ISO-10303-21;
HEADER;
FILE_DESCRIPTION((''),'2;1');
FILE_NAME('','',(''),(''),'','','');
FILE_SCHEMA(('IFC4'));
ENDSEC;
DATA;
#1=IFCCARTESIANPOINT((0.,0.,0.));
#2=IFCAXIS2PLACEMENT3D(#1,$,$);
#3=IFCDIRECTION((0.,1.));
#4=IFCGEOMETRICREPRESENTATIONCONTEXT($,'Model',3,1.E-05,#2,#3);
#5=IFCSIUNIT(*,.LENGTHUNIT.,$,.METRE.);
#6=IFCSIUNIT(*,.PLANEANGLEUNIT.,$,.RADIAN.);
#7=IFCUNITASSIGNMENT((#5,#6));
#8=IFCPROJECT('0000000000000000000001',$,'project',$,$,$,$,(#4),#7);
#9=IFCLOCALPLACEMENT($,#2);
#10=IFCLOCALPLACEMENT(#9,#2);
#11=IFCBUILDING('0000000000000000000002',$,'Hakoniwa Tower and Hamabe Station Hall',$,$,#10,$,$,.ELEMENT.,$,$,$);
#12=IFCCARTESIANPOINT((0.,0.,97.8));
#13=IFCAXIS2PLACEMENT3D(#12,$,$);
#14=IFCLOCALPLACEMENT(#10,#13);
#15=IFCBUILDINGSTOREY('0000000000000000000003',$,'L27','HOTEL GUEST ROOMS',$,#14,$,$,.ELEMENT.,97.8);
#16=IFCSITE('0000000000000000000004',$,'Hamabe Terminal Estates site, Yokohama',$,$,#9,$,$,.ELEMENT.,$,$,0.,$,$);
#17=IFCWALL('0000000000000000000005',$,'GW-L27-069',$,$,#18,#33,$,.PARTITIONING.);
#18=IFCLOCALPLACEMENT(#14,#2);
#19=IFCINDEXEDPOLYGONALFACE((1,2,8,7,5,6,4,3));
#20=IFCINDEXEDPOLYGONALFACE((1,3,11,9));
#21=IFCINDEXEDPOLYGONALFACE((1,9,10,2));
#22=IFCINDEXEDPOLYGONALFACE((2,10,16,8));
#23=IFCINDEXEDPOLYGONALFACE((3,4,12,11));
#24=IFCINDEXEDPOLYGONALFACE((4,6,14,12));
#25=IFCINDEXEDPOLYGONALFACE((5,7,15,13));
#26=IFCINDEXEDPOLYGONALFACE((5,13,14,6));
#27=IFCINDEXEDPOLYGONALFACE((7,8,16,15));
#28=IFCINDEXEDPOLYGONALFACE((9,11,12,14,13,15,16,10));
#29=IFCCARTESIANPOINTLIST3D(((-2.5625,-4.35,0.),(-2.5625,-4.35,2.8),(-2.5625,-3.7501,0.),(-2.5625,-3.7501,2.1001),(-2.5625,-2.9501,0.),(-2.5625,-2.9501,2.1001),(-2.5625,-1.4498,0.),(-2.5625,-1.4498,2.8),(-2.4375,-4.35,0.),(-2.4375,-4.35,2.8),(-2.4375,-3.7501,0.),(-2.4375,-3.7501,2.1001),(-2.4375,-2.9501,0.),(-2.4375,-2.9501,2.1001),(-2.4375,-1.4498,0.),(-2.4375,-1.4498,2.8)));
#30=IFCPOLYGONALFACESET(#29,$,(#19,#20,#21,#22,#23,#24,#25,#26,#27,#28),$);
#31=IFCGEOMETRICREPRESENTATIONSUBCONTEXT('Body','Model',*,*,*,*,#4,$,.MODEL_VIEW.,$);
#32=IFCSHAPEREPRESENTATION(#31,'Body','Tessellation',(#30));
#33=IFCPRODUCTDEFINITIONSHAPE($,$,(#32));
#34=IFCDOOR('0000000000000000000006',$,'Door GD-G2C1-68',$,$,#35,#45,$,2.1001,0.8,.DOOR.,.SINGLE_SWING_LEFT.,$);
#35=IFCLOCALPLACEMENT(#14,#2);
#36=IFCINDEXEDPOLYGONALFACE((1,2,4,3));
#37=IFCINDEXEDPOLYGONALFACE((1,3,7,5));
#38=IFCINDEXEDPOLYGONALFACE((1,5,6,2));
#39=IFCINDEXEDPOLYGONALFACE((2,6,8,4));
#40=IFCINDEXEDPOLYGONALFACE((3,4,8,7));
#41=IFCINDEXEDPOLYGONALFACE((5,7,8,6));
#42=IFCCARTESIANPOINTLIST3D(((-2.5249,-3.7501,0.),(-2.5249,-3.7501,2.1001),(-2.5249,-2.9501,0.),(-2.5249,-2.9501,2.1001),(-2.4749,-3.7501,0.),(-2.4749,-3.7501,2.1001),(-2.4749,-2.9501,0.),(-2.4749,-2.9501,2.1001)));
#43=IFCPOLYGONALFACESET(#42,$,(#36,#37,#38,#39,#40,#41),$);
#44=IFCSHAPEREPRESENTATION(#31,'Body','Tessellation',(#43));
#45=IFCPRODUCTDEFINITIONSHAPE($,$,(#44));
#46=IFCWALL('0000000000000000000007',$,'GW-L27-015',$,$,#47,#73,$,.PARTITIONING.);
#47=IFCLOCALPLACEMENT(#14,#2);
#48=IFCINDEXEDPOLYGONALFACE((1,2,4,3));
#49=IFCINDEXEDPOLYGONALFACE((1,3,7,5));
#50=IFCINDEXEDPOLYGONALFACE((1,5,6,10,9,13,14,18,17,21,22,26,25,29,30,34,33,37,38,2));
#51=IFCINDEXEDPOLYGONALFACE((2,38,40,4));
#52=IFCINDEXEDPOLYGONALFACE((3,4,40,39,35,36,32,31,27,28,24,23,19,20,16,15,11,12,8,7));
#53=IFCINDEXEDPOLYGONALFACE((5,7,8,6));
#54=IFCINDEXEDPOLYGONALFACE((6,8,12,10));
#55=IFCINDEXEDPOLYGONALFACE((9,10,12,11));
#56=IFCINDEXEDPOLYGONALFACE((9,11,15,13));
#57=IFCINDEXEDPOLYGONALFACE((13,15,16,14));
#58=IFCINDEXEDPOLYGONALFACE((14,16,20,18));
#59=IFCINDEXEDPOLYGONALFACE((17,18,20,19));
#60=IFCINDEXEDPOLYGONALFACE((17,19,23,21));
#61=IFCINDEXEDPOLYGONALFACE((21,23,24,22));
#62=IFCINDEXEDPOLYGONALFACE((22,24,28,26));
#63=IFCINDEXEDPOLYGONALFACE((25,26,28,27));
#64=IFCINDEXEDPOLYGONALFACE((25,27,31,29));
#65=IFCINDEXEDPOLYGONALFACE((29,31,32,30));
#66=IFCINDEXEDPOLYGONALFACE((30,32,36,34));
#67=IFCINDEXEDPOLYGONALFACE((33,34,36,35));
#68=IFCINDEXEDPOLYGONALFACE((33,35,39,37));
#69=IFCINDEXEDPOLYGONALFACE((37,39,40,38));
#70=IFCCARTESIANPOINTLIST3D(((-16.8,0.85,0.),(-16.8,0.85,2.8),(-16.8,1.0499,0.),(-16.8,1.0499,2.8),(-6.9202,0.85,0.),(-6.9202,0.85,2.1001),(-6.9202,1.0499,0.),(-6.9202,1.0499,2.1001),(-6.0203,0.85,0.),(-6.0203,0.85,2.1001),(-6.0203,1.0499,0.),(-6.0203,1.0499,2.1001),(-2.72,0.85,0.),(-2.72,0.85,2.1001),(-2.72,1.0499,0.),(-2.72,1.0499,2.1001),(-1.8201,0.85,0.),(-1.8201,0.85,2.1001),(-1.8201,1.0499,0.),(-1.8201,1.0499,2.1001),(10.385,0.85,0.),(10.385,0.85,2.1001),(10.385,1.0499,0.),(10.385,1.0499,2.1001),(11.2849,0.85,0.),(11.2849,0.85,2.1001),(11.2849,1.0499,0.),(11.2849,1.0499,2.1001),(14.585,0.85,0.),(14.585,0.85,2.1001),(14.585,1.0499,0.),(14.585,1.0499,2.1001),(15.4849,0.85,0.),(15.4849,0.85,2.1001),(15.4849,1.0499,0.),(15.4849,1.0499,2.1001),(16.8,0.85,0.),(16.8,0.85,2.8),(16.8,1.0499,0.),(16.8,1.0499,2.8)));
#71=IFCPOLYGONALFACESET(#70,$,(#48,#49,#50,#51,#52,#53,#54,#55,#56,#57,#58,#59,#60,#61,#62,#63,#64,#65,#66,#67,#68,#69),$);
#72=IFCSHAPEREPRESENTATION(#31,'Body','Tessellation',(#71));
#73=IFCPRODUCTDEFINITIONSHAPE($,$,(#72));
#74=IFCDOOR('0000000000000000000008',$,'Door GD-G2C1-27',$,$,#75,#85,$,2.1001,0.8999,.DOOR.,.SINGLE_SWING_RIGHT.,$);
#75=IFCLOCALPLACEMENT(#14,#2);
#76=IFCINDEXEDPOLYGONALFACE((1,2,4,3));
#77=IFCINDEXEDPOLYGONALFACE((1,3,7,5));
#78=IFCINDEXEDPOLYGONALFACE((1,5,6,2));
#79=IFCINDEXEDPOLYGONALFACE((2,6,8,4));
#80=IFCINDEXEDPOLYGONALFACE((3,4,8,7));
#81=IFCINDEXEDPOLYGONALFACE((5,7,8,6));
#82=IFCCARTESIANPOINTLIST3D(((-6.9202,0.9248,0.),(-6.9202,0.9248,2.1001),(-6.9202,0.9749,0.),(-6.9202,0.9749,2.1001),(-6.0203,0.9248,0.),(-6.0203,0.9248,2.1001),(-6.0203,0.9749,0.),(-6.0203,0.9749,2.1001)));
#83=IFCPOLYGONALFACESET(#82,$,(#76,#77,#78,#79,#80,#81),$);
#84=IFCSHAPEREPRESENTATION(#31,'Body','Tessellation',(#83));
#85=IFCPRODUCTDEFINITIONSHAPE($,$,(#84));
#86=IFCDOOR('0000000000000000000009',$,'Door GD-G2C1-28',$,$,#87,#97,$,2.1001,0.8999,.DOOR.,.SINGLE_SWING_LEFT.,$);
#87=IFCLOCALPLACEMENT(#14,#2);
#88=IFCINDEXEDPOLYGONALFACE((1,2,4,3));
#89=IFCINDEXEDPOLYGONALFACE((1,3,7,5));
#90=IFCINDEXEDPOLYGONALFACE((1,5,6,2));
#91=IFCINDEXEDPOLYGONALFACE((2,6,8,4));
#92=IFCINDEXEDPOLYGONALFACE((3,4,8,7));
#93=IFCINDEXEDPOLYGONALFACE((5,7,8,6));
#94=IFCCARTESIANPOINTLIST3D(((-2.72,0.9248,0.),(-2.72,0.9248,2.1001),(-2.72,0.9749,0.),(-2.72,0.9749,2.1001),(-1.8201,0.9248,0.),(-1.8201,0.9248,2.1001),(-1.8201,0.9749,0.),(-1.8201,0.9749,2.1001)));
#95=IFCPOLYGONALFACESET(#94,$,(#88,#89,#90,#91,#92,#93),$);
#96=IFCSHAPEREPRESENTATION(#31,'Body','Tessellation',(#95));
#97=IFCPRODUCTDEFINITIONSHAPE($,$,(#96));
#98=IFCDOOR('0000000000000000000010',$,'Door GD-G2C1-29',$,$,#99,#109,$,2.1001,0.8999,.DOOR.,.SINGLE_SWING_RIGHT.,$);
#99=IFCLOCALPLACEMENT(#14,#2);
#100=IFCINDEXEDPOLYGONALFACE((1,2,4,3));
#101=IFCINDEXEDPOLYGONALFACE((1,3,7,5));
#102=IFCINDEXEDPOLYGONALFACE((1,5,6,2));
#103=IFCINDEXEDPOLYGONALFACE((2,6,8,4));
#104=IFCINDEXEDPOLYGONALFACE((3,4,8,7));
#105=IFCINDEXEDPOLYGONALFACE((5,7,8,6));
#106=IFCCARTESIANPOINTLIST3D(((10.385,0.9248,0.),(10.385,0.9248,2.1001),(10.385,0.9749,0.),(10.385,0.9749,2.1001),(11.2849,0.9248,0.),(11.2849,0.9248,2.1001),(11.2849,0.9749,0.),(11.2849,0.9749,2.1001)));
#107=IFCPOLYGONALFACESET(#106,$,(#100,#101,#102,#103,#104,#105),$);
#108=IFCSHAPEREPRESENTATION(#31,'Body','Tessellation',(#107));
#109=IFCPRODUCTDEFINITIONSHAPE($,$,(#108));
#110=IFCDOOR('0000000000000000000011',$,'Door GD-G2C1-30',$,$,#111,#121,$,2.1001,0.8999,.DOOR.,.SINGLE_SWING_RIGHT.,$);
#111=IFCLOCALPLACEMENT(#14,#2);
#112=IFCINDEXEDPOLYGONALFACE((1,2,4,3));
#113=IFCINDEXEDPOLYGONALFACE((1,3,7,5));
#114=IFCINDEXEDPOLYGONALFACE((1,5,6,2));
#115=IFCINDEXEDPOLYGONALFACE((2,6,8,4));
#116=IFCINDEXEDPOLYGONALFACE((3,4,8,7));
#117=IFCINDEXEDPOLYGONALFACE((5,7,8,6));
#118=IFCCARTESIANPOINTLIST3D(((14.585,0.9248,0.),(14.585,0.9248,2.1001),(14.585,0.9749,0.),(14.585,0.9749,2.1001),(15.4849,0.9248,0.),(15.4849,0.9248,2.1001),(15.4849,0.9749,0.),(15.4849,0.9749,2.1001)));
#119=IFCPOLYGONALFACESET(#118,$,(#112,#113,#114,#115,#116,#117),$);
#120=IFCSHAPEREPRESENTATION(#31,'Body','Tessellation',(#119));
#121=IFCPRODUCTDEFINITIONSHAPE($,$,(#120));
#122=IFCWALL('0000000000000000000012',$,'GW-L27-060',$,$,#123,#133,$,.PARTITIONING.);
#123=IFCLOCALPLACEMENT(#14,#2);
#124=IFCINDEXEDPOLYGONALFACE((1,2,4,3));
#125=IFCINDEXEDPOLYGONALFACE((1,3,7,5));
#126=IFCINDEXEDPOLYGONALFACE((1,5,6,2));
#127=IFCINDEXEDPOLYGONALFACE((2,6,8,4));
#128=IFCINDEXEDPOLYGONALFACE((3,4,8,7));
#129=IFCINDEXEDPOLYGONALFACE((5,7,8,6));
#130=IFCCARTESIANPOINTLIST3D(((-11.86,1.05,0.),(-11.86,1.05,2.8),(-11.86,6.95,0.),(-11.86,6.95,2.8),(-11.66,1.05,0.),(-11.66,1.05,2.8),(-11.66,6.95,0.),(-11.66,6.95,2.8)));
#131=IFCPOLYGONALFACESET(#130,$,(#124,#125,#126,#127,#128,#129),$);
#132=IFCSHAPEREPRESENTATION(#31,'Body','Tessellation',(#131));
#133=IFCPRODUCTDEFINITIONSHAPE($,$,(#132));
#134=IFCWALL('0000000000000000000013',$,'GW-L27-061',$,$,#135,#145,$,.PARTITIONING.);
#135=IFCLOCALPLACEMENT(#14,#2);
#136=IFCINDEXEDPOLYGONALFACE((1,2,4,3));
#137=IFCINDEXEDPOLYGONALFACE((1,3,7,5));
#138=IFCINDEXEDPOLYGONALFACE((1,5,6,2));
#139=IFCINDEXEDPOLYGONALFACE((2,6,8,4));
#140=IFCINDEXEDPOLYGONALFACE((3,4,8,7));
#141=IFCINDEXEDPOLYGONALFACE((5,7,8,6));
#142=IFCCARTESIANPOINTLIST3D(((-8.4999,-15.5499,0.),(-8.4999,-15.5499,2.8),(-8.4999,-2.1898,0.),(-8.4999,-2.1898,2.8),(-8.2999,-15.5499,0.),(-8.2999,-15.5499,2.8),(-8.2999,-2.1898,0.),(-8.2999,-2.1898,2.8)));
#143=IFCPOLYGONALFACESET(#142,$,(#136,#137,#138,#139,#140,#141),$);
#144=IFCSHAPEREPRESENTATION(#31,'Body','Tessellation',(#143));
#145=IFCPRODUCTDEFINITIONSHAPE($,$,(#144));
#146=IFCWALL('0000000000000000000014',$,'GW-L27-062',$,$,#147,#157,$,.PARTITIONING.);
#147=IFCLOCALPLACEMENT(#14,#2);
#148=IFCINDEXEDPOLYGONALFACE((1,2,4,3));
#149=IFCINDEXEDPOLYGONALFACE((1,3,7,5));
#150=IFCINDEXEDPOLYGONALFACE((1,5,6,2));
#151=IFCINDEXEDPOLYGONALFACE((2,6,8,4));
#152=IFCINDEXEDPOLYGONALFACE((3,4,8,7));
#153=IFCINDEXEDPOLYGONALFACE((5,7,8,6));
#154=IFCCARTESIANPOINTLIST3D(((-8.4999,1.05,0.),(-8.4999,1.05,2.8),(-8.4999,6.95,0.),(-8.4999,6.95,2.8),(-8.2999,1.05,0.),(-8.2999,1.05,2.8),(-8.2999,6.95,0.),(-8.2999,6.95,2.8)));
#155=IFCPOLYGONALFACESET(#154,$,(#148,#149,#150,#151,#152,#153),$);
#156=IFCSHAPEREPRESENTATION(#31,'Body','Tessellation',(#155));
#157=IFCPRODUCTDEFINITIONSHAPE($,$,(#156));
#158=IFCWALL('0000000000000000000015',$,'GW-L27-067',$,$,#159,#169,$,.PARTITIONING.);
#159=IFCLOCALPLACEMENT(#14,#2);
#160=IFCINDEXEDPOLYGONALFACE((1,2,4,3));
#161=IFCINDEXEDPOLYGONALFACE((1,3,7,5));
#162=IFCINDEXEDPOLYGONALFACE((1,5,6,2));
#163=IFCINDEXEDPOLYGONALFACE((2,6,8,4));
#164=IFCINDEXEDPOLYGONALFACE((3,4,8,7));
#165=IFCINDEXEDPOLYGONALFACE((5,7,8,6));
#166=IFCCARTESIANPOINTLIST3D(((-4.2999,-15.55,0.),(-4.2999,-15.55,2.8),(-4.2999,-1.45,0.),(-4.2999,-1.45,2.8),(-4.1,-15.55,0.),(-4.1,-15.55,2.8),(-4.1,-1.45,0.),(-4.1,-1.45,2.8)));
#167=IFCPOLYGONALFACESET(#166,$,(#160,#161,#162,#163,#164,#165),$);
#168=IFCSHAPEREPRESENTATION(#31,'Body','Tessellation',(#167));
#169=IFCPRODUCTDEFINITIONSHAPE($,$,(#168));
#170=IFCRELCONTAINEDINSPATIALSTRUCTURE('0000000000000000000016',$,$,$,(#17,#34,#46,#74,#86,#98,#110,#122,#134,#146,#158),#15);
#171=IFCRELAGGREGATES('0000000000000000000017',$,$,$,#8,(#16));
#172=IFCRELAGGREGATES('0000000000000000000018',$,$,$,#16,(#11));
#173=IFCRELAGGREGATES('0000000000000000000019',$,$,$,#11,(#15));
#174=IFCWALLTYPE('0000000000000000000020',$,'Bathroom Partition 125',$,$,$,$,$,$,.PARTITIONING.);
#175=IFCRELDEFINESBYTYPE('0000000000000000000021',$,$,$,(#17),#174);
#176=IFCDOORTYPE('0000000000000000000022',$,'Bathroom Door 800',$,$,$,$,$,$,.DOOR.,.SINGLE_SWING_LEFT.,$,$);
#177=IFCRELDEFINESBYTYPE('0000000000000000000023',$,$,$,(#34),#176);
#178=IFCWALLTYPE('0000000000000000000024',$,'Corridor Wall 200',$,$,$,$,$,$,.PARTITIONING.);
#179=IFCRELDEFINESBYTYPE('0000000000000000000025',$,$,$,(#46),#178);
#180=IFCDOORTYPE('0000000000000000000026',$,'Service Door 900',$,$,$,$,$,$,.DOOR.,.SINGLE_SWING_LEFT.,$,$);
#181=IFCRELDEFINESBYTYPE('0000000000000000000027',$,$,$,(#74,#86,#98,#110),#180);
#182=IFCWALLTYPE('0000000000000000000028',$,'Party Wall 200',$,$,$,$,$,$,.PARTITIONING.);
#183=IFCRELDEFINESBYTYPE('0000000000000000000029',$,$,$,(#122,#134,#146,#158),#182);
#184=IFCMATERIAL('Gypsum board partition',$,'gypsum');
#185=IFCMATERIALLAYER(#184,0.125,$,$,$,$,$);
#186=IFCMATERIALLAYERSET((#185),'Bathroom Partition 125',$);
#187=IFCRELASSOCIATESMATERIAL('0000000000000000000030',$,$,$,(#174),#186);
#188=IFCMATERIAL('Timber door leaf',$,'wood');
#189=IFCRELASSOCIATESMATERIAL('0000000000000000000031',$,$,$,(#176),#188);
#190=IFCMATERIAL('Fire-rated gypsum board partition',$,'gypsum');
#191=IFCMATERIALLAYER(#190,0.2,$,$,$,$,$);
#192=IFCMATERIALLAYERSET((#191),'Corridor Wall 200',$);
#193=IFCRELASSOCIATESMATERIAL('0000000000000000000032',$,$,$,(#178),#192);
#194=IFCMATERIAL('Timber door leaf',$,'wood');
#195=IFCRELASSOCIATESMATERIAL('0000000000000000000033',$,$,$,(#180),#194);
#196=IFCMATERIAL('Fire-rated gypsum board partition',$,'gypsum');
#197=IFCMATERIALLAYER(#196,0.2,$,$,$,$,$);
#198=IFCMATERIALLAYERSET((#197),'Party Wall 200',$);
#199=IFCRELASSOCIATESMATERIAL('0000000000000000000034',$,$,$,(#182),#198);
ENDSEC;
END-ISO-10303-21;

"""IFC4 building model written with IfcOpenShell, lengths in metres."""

from ifc_helpers import new_model, si_unit, direction, frame, frame_2d, origin, place, context, subcontext, project, spatial, rectangle, extrude, material, layer, layer_set, type_object, element, fill, save


model = new_model("IFC4")

# Units and contexts
model_context = context("Model", 3, precision=1e-05, world=origin(), true_north=direction((0.0, 1.0)))
body_context = subcontext(model_context, "Body", "Model", "MODEL_VIEW")
ifc_project = project(units=[si_unit("LENGTHUNIT", "METRE"), si_unit("PLANEANGLEUNIT", "RADIAN")], contexts=[model_context])

# Site, building, storey
site_placement = place(None, origin())
site = spatial("IfcSite", under=ifc_project, at=site_placement, Name="Hamabe Terminal Estates site, Yokohama", CompositionType="ELEMENT", RefElevation=0.0)
building_placement = place(site_placement, origin())
building = spatial("IfcBuilding", under=site, at=building_placement, Name="Hakoniwa Tower and Hamabe Station Hall", CompositionType="ELEMENT")
storey_placement = place(building_placement, frame((0.0, 0.0, 97.8)))
storey = spatial("IfcBuildingStorey", under=building, at=storey_placement, Name="L27", Description="HOTEL GUEST ROOMS", CompositionType="ELEMENT", Elevation=97.8)

# Shared definitions
ifc_material_1 = material(Name="Gypsum board partition", Category="gypsum")
ifc_layer_1 = layer(ifc_material_1, 0.125)
ifc_layer_set_1 = layer_set([ifc_layer_1], Name="Bathroom Partition 125")
wall_type_1 = type_object("IfcWallType", Name="Bathroom Partition 125", PredefinedType="PARTITIONING", material=ifc_layer_set_1)

# Wall, opening, door
ifc_material_2 = material(Name="Timber door leaf", Category="wood")
door_type_1 = type_object("IfcDoorType", Name="Bathroom Door 800", OperationType="SINGLE_SWING_LEFT", PredefinedType="DOOR", material=ifc_material_2)
wall_1_placement = place(storey_placement, frame((-2.5, -4.3501, 0.0), z_axis=(0.0, 0.0, 1.0), x_axis=(0.0, 1.0, 0.0)))
wall_1 = element("IfcWall", 1, at=wall_1_placement, inside=storey, type_object=wall_type_1, Name="GW-L27-069", PredefinedType="PARTITIONING", context=body_context, shape_type="SweptSolid", body=[
    extrude(rectangle(XDim=2.9001, YDim=0.125, at=frame_2d((1.4502, 0.0))), origin(), (0.0, 0.0, 1.0), 2.8),
])
opening_1_placement = place(wall_1_placement, frame((0.6001, 0.0, 0.0)))
opening_1 = element("IfcOpeningElement", 2, at=opening_1_placement, cuts=wall_1, PredefinedType="OPENING", context=body_context, shape_type="SweptSolid", body=[
    extrude(rectangle(XDim=0.8, YDim=2.1001, at=frame_2d((0.3999, 1.05))), frame((0.0, 0.0725, 0.0), z_axis=(0.0, -1.0, 0.0), x_axis=(1.0, 0.0, 0.0)), (0.0, 0.0, 1.0), 0.145),
])
door_1_placement = place(opening_1_placement, origin())
door_1 = element("IfcDoor", 3, at=door_1_placement, inside=storey, type_object=door_type_1, Name="Door GD-G2C1-68", OperationType="SINGLE_SWING_LEFT", OverallHeight=2.1001, OverallWidth=0.8, PredefinedType="DOOR", context=body_context, shape_type="SweptSolid", body=[
    extrude(rectangle(XDim=0.8, YDim=2.1001, at=frame_2d((0.3999, 1.05))), frame((0.0, 0.0249, 0.0), z_axis=(0.0, -1.0, 0.0), x_axis=(1.0, 0.0, 0.0)), (0.0, 0.0, 1.0), 0.05),
])
fill(opening_1, door_1)

# Wall, openings, doors
ifc_material_3 = material(Name="Fire-rated gypsum board partition", Category="gypsum")
ifc_layer_2 = layer(ifc_material_3, 0.2)
ifc_layer_set_2 = layer_set([ifc_layer_2], Name="Corridor Wall 200")
wall_type_2 = type_object("IfcWallType", Name="Corridor Wall 200", PredefinedType="PARTITIONING", material=ifc_layer_set_2)
wall_2_placement = place(storey_placement, frame((-16.8, 0.95, 0.0), z_axis=(0.0, 0.0, 1.0), x_axis=(1.0, 0.0, 0.0)))
wall_2 = element("IfcWall", 4, at=wall_2_placement, inside=storey, type_object=wall_type_2, Name="GW-L27-015", PredefinedType="PARTITIONING", context=body_context, shape_type="SweptSolid", body=[
    extrude(rectangle(XDim=33.6001, YDim=0.2, at=frame_2d((16.8, 0.0))), origin(), (0.0, 0.0, 1.0), 2.8),
])
opening_2_placement = place(wall_2_placement, frame((9.8799, 0.0, 0.0)))
opening_2 = element("IfcOpeningElement", 5, at=opening_2_placement, cuts=wall_2, PredefinedType="OPENING", context=body_context, shape_type="SweptSolid", body=[
    extrude(rectangle(XDim=0.8999, YDim=2.1001, at=frame_2d((0.45, 1.05))), frame((0.0, 0.1099, 0.0), z_axis=(0.0, -1.0, 0.0), x_axis=(1.0, 0.0, 0.0)), (0.0, 0.0, 1.0), 0.22),
])
opening_3_placement = place(wall_2_placement, frame((14.0801, 0.0, 0.0)))
opening_3 = element("IfcOpeningElement", 6, at=opening_3_placement, cuts=wall_2, PredefinedType="OPENING", context=body_context, shape_type="SweptSolid", body=[
    extrude(rectangle(XDim=0.8999, YDim=2.1001, at=frame_2d((0.45, 1.05))), frame((0.0, 0.1099, 0.0), z_axis=(0.0, -1.0, 0.0), x_axis=(1.0, 0.0, 0.0)), (0.0, 0.0, 1.0), 0.22),
])
opening_4_placement = place(wall_2_placement, frame((27.1851, 0.0, 0.0)))
opening_4 = element("IfcOpeningElement", 7, at=opening_4_placement, cuts=wall_2, PredefinedType="OPENING", context=body_context, shape_type="SweptSolid", body=[
    extrude(rectangle(XDim=0.8999, YDim=2.1001, at=frame_2d((0.45, 1.05))), frame((0.0, 0.1099, 0.0), z_axis=(0.0, -1.0, 0.0), x_axis=(1.0, 0.0, 0.0)), (0.0, 0.0, 1.0), 0.22),
])
opening_5_placement = place(wall_2_placement, frame((31.385, 0.0, 0.0)))
opening_5 = element("IfcOpeningElement", 8, at=opening_5_placement, cuts=wall_2, PredefinedType="OPENING", context=body_context, shape_type="SweptSolid", body=[
    extrude(rectangle(XDim=0.8999, YDim=2.1001, at=frame_2d((0.45, 1.05))), frame((0.0, 0.1099, 0.0), z_axis=(0.0, -1.0, 0.0), x_axis=(1.0, 0.0, 0.0)), (0.0, 0.0, 1.0), 0.22),
])
ifc_material_4 = material(Name="Timber door leaf", Category="wood")
door_type_2 = type_object("IfcDoorType", Name="Service Door 900", OperationType="SINGLE_SWING_LEFT", PredefinedType="DOOR", material=ifc_material_4)
door_2_placement = place(opening_2_placement, origin())
door_2 = element("IfcDoor", 9, at=door_2_placement, inside=storey, type_object=door_type_2, Name="Door GD-G2C1-27", OperationType="SINGLE_SWING_RIGHT", OverallHeight=2.1001, OverallWidth=0.8999, PredefinedType="DOOR", context=body_context, shape_type="SweptSolid", body=[
    extrude(rectangle(XDim=0.8999, YDim=2.1001, at=frame_2d((0.45, 1.05))), frame((0.0, 0.0249, 0.0), z_axis=(0.0, -1.0, 0.0), x_axis=(1.0, 0.0, 0.0)), (0.0, 0.0, 1.0), 0.05),
])
fill(opening_2, door_2)
door_3_placement = place(opening_3_placement, origin())
door_3 = element("IfcDoor", 10, at=door_3_placement, inside=storey, type_object=door_type_2, Name="Door GD-G2C1-28", OperationType="SINGLE_SWING_LEFT", OverallHeight=2.1001, OverallWidth=0.8999, PredefinedType="DOOR", context=body_context, shape_type="SweptSolid", body=[
    extrude(rectangle(XDim=0.8999, YDim=2.1001, at=frame_2d((0.45, 1.05))), frame((0.0, 0.0249, 0.0), z_axis=(0.0, -1.0, 0.0), x_axis=(1.0, 0.0, 0.0)), (0.0, 0.0, 1.0), 0.05),
])
fill(opening_3, door_3)
door_4_placement = place(opening_4_placement, origin())
door_4 = element("IfcDoor", 11, at=door_4_placement, inside=storey, type_object=door_type_2, Name="Door GD-G2C1-29", OperationType="SINGLE_SWING_RIGHT", OverallHeight=2.1001, OverallWidth=0.8999, PredefinedType="DOOR", context=body_context, shape_type="SweptSolid", body=[
    extrude(rectangle(XDim=0.8999, YDim=2.1001, at=frame_2d((0.45, 1.05))), frame((0.0, 0.0249, 0.0), z_axis=(0.0, -1.0, 0.0), x_axis=(1.0, 0.0, 0.0)), (0.0, 0.0, 1.0), 0.05),
])
fill(opening_4, door_4)
door_5_placement = place(opening_5_placement, origin())
door_5 = element("IfcDoor", 12, at=door_5_placement, inside=storey, type_object=door_type_2, Name="Door GD-G2C1-30", OperationType="SINGLE_SWING_RIGHT", OverallHeight=2.1001, OverallWidth=0.8999, PredefinedType="DOOR", context=body_context, shape_type="SweptSolid", body=[
    extrude(rectangle(XDim=0.8999, YDim=2.1001, at=frame_2d((0.45, 1.05))), frame((0.0, 0.0249, 0.0), z_axis=(0.0, -1.0, 0.0), x_axis=(1.0, 0.0, 0.0)), (0.0, 0.0, 1.0), 0.05),
])
fill(opening_5, door_5)

# Walls
ifc_material_5 = material(Name="Fire-rated gypsum board partition", Category="gypsum")
ifc_layer_3 = layer(ifc_material_5, 0.2)
ifc_layer_set_3 = layer_set([ifc_layer_3], Name="Party Wall 200")
wall_type_3 = type_object("IfcWallType", Name="Party Wall 200", PredefinedType="PARTITIONING", material=ifc_layer_set_3)
wall_3_placement = place(storey_placement, frame((-11.76, 1.05, 0.0), z_axis=(0.0, 0.0, 1.0), x_axis=(0.0, 1.0, 0.0)))
element("IfcWall", 13, at=wall_3_placement, inside=storey, type_object=wall_type_3, Name="GW-L27-060", PredefinedType="PARTITIONING", context=body_context, shape_type="SweptSolid", body=[
    extrude(rectangle(XDim=5.8999, YDim=0.2, at=frame_2d((2.95, 0.0))), origin(), (0.0, 0.0, 1.0), 2.8),
])
wall_4_placement = place(storey_placement, frame((-8.3999, -15.55, 0.0), z_axis=(0.0, 0.0, 1.0), x_axis=(0.0, 1.0, 0.0)))
element("IfcWall", 14, at=wall_4_placement, inside=storey, type_object=wall_type_3, Name="GW-L27-061", PredefinedType="PARTITIONING", context=body_context, shape_type="SweptSolid", body=[
    extrude(rectangle(XDim=13.3601, YDim=0.2, at=frame_2d((6.6802, 0.0))), origin(), (0.0, 0.0, 1.0), 2.8),
])
wall_5_placement = place(storey_placement, frame((-8.3999, 1.05, 0.0), z_axis=(0.0, 0.0, 1.0), x_axis=(0.0, 1.0, 0.0)))
element("IfcWall", 15, at=wall_5_placement, inside=storey, type_object=wall_type_3, Name="GW-L27-062", PredefinedType="PARTITIONING", context=body_context, shape_type="SweptSolid", body=[
    extrude(rectangle(XDim=5.8999, YDim=0.2, at=frame_2d((2.95, 0.0))), origin(), (0.0, 0.0, 1.0), 2.8),
])
wall_6_placement = place(storey_placement, frame((-4.2, -15.55, 0.0), z_axis=(0.0, 0.0, 1.0), x_axis=(0.0, 1.0, 0.0)))
element("IfcWall", 16, at=wall_6_placement, inside=storey, type_object=wall_type_3, Name="GW-L27-067", PredefinedType="PARTITIONING", context=body_context, shape_type="SweptSolid", body=[
    extrude(rectangle(XDim=14.1001, YDim=0.2, at=frame_2d((7.05, 0.0))), origin(), (0.0, 0.0, 1.0), 2.8),
])

save(model, "model.ifc")
